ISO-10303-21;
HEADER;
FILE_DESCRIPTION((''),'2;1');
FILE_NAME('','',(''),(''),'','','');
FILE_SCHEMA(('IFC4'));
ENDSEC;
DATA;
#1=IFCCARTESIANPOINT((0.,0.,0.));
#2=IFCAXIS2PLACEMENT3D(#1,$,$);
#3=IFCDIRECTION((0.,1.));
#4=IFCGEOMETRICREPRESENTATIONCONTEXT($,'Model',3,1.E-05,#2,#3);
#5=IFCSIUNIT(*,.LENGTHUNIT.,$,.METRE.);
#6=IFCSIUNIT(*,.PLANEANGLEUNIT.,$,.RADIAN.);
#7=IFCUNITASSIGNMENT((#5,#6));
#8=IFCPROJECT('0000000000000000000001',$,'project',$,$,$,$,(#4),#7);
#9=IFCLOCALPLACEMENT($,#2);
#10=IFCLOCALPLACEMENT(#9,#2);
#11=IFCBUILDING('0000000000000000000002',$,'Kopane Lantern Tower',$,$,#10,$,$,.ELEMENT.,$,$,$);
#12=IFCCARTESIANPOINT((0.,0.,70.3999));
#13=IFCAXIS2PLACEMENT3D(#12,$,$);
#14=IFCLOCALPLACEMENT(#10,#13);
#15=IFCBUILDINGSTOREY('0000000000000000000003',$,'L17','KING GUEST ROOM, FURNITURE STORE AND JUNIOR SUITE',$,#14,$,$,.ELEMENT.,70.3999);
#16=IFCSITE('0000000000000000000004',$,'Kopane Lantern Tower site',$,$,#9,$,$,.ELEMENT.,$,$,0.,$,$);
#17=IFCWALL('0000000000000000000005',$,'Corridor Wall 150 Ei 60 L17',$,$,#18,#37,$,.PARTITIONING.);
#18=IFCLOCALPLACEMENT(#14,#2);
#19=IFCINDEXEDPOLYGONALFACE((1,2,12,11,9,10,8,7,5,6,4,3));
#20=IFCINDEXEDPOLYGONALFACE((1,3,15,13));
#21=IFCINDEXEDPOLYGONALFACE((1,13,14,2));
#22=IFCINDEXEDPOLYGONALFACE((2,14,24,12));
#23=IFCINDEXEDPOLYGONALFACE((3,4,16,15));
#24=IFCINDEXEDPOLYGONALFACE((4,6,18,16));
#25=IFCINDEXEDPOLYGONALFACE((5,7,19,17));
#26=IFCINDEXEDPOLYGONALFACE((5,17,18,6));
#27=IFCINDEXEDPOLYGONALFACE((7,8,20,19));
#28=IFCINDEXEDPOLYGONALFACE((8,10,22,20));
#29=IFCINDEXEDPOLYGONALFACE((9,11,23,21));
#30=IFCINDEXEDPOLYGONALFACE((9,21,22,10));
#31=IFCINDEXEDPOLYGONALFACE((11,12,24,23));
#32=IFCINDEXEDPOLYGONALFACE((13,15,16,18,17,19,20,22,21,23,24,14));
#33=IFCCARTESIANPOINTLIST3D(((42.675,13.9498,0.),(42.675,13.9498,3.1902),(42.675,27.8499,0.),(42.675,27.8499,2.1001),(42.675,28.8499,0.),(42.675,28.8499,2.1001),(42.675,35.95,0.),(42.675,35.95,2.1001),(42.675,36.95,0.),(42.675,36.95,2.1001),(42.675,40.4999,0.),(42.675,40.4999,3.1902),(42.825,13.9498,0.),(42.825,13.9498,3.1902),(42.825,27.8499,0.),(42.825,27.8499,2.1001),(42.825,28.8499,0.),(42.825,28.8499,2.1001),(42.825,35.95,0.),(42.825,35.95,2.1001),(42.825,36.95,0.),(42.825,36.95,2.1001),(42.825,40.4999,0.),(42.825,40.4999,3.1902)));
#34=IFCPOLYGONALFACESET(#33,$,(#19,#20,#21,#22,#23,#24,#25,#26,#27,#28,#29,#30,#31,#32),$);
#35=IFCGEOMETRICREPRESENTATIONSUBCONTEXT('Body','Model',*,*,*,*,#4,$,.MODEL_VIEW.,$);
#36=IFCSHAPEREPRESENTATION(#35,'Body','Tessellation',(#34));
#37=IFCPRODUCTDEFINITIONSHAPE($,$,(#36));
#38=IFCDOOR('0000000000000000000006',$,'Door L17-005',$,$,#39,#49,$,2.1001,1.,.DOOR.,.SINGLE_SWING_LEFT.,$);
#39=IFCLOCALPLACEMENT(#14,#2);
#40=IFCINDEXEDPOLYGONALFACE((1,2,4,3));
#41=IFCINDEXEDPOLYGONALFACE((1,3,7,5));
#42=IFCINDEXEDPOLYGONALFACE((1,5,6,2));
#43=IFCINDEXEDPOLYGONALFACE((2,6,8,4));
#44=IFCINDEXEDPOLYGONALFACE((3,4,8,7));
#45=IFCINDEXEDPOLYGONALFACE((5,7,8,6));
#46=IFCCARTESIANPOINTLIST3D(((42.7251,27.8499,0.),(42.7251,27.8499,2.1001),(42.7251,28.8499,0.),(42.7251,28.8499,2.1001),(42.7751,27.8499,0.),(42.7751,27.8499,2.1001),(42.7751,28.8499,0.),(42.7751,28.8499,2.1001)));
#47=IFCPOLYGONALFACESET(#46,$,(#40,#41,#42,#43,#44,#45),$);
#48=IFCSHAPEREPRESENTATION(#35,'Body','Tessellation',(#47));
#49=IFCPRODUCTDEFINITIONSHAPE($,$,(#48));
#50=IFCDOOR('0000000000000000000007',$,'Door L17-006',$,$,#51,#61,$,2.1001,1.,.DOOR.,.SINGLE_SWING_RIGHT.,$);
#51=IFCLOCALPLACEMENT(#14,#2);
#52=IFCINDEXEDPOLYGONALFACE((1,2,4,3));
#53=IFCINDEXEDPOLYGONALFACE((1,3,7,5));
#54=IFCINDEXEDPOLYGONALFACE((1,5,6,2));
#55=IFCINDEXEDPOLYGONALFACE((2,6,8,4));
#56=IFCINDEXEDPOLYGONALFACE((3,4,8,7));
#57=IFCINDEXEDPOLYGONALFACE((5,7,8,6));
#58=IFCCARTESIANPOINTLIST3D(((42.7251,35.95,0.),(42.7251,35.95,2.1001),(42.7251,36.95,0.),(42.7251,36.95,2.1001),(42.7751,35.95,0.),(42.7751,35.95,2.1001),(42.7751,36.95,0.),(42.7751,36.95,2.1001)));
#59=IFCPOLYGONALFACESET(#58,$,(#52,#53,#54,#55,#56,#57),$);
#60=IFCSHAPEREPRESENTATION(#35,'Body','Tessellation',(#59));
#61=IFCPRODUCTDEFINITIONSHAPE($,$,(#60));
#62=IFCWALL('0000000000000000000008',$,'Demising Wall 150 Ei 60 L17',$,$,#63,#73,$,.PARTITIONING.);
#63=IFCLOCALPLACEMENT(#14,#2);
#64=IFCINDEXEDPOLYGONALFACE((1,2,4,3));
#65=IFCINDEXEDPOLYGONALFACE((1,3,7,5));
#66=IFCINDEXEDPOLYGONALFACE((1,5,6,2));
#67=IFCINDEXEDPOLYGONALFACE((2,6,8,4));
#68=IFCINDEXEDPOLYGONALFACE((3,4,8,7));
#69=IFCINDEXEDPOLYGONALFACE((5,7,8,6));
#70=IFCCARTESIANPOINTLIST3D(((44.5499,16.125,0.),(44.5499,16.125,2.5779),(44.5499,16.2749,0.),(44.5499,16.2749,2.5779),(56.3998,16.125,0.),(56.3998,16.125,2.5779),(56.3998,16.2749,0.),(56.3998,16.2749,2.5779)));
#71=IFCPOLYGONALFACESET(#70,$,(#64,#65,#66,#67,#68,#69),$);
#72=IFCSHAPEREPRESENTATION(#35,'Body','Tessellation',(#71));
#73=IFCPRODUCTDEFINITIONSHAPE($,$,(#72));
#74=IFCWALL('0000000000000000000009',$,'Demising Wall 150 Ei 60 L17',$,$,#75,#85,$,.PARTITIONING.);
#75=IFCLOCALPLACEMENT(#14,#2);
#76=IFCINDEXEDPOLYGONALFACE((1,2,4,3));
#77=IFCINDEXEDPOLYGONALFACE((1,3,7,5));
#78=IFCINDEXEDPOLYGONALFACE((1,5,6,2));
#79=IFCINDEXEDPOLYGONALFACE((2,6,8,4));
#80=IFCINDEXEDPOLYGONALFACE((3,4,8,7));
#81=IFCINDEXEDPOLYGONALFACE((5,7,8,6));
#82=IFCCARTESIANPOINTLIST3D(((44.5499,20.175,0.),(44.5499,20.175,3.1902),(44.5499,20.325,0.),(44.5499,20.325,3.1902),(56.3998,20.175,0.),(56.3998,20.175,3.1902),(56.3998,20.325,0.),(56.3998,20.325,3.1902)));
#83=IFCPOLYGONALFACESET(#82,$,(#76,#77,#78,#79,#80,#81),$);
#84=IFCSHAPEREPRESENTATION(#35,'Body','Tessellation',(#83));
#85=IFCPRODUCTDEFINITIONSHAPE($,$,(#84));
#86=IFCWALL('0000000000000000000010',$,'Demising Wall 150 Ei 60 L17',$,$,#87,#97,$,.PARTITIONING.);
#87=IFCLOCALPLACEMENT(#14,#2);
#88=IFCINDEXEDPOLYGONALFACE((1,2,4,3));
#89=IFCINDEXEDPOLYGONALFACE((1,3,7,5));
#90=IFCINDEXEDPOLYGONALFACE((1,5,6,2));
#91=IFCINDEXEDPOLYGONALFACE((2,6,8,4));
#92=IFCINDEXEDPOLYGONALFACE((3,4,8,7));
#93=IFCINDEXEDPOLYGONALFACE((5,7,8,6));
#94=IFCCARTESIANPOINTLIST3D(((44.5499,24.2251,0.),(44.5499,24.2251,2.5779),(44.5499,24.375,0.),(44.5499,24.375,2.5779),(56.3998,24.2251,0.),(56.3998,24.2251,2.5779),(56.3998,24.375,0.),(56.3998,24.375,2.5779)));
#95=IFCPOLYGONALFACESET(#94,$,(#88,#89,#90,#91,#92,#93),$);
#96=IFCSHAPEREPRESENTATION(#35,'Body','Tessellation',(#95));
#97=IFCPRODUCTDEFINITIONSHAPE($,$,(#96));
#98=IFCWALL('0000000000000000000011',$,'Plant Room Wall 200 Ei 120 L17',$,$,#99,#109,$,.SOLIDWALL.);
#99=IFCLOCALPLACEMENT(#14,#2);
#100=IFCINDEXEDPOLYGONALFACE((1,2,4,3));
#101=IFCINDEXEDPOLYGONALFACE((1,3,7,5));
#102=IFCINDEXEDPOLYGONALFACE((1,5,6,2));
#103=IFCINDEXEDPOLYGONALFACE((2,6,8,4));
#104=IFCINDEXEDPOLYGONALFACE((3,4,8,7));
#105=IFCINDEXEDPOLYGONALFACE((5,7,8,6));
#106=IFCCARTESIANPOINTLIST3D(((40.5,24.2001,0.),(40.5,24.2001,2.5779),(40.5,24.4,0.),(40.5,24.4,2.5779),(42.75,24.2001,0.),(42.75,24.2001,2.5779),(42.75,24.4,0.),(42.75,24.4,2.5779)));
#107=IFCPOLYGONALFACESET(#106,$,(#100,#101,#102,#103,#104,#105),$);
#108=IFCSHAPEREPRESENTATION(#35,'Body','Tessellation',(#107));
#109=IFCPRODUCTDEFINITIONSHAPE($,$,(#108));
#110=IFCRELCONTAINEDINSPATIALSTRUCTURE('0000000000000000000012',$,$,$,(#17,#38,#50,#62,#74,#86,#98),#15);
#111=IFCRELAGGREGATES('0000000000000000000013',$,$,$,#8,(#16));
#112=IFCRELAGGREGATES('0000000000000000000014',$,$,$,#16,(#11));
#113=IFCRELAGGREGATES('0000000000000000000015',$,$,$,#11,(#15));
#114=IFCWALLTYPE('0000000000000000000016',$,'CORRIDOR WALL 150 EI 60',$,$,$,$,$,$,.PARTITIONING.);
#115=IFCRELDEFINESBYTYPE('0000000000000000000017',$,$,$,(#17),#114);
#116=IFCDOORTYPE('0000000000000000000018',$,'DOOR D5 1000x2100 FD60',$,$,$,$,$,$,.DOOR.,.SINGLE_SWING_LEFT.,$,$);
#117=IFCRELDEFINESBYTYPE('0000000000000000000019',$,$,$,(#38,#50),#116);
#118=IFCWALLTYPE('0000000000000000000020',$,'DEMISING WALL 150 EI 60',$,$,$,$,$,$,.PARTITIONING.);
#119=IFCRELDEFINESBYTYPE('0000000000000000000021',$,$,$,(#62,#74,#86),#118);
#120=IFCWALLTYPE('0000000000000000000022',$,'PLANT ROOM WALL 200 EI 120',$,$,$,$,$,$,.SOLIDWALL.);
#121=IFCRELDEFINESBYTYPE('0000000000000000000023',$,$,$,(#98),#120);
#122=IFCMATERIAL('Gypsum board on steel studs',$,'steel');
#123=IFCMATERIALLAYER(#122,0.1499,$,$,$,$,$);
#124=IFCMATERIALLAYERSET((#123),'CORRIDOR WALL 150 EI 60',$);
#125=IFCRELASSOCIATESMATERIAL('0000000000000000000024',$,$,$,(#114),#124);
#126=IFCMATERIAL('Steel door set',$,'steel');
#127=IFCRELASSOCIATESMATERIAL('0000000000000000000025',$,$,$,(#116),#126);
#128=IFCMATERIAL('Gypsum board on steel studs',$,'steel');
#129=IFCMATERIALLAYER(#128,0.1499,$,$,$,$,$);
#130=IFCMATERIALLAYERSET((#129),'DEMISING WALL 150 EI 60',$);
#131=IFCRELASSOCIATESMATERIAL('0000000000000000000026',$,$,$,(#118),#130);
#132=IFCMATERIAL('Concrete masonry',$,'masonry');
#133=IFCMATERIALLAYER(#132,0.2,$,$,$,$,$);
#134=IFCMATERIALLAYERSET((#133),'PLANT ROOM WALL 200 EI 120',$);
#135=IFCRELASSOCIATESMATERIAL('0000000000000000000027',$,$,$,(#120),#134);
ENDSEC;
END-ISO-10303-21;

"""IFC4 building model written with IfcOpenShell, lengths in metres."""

from ifc_helpers import new_model, si_unit, direction, frame, frame_2d, origin, place, context, subcontext, project, spatial, rectangle, extrude, material, layer, layer_set, type_object, element, fill, save


model = new_model("IFC4")

# Units and contexts
model_context = context("Model", 3, precision=1e-05, world=origin(), true_north=direction((0.0, 1.0)))
body_context = subcontext(model_context, "Body", "Model", "MODEL_VIEW")
ifc_project = project(units=[si_unit("LENGTHUNIT", "METRE"), si_unit("PLANEANGLEUNIT", "RADIAN")], contexts=[model_context])

# Site, building, storey
site_placement = place(None, origin())
site = spatial("IfcSite", under=ifc_project, at=site_placement, Name="Kopane Lantern Tower site", CompositionType="ELEMENT", RefElevation=0.0)
building_placement = place(site_placement, origin())
building = spatial("IfcBuilding", under=site, at=building_placement, Name="Kopane Lantern Tower", CompositionType="ELEMENT")
storey_placement = place(building_placement, frame((0.0, 0.0, 70.3999)))
storey = spatial("IfcBuildingStorey", under=building, at=storey_placement, Name="L17", Description="KING GUEST ROOM, FURNITURE STORE AND JUNIOR SUITE", CompositionType="ELEMENT", Elevation=70.3999)

# Wall, openings, doors
ifc_material_1 = material(Name="Gypsum board on steel studs", Category="steel")
ifc_layer_1 = layer(ifc_material_1, 0.1499)
ifc_layer_set_1 = layer_set([ifc_layer_1], Name="CORRIDOR WALL 150 EI 60")
wall_type_1 = type_object("IfcWallType", Name="CORRIDOR WALL 150 EI 60", PredefinedType="PARTITIONING", material=ifc_layer_set_1)
wall_1_placement = place(storey_placement, frame((42.75, 13.95, 0.0), z_axis=(0.0, 0.0, 1.0), x_axis=(0.0, 1.0, 0.0)))
wall_1 = element("IfcWall", 1, at=wall_1_placement, inside=storey, type_object=wall_type_1, Name="Corridor Wall 150 Ei 60 L17", PredefinedType="PARTITIONING", context=body_context, shape_type="SweptSolid", body=[
    extrude(rectangle(XDim=26.55, YDim=0.1499, at=frame_2d((13.2749, 0.0))), origin(), (0.0, 0.0, 1.0), 3.1902),
])
opening_1_placement = place(wall_1_placement, frame((13.8999, 0.0, 0.0)))
opening_1 = element("IfcOpeningElement", 2, at=opening_1_placement, cuts=wall_1, PredefinedType="OPENING", context=body_context, shape_type="SweptSolid", body=[
    extrude(rectangle(XDim=1.0, YDim=2.1001, at=frame_2d((0.5, 1.05))), frame((0.0, 0.085, 0.0), z_axis=(0.0, -1.0, 0.0), x_axis=(1.0, 0.0, 0.0)), (0.0, 0.0, 1.0), 0.1699),
])
opening_2_placement = place(wall_1_placement, frame((22.0, 0.0, 0.0)))
opening_2 = element("IfcOpeningElement", 3, at=opening_2_placement, cuts=wall_1, PredefinedType="OPENING", context=body_context, shape_type="SweptSolid", body=[
    extrude(rectangle(XDim=1.0, YDim=2.1001, at=frame_2d((0.5, 1.05))), frame((0.0, 0.085, 0.0), z_axis=(0.0, -1.0, 0.0), x_axis=(1.0, 0.0, 0.0)), (0.0, 0.0, 1.0), 0.1699),
])
ifc_material_2 = material(Name="Steel door set", Category="steel")
door_type_1 = type_object("IfcDoorType", Name="DOOR D5 1000x2100 FD60", OperationType="SINGLE_SWING_LEFT", PredefinedType="DOOR", material=ifc_material_2)
door_1_placement = place(opening_1_placement, origin())
door_1 = element("IfcDoor", 4, at=door_1_placement, inside=storey, type_object=door_type_1, Name="Door L17-005", OperationType="SINGLE_SWING_LEFT", OverallHeight=2.1001, OverallWidth=1.0, PredefinedType="DOOR", context=body_context, shape_type="SweptSolid", body=[
    extrude(rectangle(XDim=1.0, YDim=2.1001, at=frame_2d((0.5, 1.05))), frame((0.0, 0.0249, 0.0), z_axis=(0.0, -1.0, 0.0), x_axis=(1.0, 0.0, 0.0)), (0.0, 0.0, 1.0), 0.05),
])
fill(opening_1, door_1)
door_2_placement = place(opening_2_placement, origin())
door_2 = element("IfcDoor", 5, at=door_2_placement, inside=storey, type_object=door_type_1, Name="Door L17-006", OperationType="SINGLE_SWING_RIGHT", OverallHeight=2.1001, OverallWidth=1.0, PredefinedType="DOOR", context=body_context, shape_type="SweptSolid", body=[
    extrude(rectangle(XDim=1.0, YDim=2.1001, at=frame_2d((0.5, 1.05))), frame((0.0, 0.0249, 0.0), z_axis=(0.0, -1.0, 0.0), x_axis=(1.0, 0.0, 0.0)), (0.0, 0.0, 1.0), 0.05),
])
fill(opening_2, door_2)

# Walls
ifc_material_3 = material(Name="Gypsum board on steel studs", Category="steel")
ifc_layer_2 = layer(ifc_material_3, 0.1499)
ifc_layer_set_2 = layer_set([ifc_layer_2], Name="DEMISING WALL 150 EI 60")
wall_type_2 = type_object("IfcWallType", Name="DEMISING WALL 150 EI 60", PredefinedType="PARTITIONING", material=ifc_layer_set_2)
wall_2_placement = place(storey_placement, frame((44.55, 16.2, 0.0), z_axis=(0.0, 0.0, 1.0), x_axis=(1.0, 0.0, 0.0)))
element("IfcWall", 6, at=wall_2_placement, inside=storey, type_object=wall_type_2, Name="Demising Wall 150 Ei 60 L17", PredefinedType="PARTITIONING", context=body_context, shape_type="SweptSolid", body=[
    extrude(rectangle(XDim=11.8499, YDim=0.1499, at=frame_2d((5.9248, 0.0))), origin(), (0.0, 0.0, 1.0), 2.5779),
])
wall_3_placement = place(storey_placement, frame((44.55, 20.25, 0.0), z_axis=(0.0, 0.0, 1.0), x_axis=(1.0, 0.0, 0.0)))
element("IfcWall", 7, at=wall_3_placement, inside=storey, type_object=wall_type_2, Name="Demising Wall 150 Ei 60 L17", PredefinedType="PARTITIONING", context=body_context, shape_type="SweptSolid", body=[
    extrude(rectangle(XDim=11.8499, YDim=0.1499, at=frame_2d((5.9248, 0.0))), origin(), (0.0, 0.0, 1.0), 3.1902),
])
wall_4_placement = place(storey_placement, frame((44.55, 24.3, 0.0), z_axis=(0.0, 0.0, 1.0), x_axis=(1.0, 0.0, 0.0)))
element("IfcWall", 8, at=wall_4_placement, inside=storey, type_object=wall_type_2, Name="Demising Wall 150 Ei 60 L17", PredefinedType="PARTITIONING", context=body_context, shape_type="SweptSolid", body=[
    extrude(rectangle(XDim=11.8499, YDim=0.1499, at=frame_2d((5.9248, 0.0))), origin(), (0.0, 0.0, 1.0), 2.5779),
])
ifc_material_4 = material(Name="Concrete masonry", Category="masonry")
ifc_layer_3 = layer(ifc_material_4, 0.2)
ifc_layer_set_3 = layer_set([ifc_layer_3], Name="PLANT ROOM WALL 200 EI 120")
wall_type_3 = type_object("IfcWallType", Name="PLANT ROOM WALL 200 EI 120", PredefinedType="SOLIDWALL", material=ifc_layer_set_3)
wall_5_placement = place(storey_placement, frame((40.5, 24.3, 0.0), z_axis=(0.0, 0.0, 1.0), x_axis=(1.0, 0.0, 0.0)))
element("IfcWall", 9, at=wall_5_placement, inside=storey, type_object=wall_type_3, Name="Plant Room Wall 200 Ei 120 L17", PredefinedType="SOLIDWALL", context=body_context, shape_type="SweptSolid", body=[
    extrude(rectangle(XDim=2.25, YDim=0.2, at=frame_2d((1.125, 0.0))), origin(), (0.0, 0.0, 1.0), 2.5779),
])

save(model, "model.ifc")
